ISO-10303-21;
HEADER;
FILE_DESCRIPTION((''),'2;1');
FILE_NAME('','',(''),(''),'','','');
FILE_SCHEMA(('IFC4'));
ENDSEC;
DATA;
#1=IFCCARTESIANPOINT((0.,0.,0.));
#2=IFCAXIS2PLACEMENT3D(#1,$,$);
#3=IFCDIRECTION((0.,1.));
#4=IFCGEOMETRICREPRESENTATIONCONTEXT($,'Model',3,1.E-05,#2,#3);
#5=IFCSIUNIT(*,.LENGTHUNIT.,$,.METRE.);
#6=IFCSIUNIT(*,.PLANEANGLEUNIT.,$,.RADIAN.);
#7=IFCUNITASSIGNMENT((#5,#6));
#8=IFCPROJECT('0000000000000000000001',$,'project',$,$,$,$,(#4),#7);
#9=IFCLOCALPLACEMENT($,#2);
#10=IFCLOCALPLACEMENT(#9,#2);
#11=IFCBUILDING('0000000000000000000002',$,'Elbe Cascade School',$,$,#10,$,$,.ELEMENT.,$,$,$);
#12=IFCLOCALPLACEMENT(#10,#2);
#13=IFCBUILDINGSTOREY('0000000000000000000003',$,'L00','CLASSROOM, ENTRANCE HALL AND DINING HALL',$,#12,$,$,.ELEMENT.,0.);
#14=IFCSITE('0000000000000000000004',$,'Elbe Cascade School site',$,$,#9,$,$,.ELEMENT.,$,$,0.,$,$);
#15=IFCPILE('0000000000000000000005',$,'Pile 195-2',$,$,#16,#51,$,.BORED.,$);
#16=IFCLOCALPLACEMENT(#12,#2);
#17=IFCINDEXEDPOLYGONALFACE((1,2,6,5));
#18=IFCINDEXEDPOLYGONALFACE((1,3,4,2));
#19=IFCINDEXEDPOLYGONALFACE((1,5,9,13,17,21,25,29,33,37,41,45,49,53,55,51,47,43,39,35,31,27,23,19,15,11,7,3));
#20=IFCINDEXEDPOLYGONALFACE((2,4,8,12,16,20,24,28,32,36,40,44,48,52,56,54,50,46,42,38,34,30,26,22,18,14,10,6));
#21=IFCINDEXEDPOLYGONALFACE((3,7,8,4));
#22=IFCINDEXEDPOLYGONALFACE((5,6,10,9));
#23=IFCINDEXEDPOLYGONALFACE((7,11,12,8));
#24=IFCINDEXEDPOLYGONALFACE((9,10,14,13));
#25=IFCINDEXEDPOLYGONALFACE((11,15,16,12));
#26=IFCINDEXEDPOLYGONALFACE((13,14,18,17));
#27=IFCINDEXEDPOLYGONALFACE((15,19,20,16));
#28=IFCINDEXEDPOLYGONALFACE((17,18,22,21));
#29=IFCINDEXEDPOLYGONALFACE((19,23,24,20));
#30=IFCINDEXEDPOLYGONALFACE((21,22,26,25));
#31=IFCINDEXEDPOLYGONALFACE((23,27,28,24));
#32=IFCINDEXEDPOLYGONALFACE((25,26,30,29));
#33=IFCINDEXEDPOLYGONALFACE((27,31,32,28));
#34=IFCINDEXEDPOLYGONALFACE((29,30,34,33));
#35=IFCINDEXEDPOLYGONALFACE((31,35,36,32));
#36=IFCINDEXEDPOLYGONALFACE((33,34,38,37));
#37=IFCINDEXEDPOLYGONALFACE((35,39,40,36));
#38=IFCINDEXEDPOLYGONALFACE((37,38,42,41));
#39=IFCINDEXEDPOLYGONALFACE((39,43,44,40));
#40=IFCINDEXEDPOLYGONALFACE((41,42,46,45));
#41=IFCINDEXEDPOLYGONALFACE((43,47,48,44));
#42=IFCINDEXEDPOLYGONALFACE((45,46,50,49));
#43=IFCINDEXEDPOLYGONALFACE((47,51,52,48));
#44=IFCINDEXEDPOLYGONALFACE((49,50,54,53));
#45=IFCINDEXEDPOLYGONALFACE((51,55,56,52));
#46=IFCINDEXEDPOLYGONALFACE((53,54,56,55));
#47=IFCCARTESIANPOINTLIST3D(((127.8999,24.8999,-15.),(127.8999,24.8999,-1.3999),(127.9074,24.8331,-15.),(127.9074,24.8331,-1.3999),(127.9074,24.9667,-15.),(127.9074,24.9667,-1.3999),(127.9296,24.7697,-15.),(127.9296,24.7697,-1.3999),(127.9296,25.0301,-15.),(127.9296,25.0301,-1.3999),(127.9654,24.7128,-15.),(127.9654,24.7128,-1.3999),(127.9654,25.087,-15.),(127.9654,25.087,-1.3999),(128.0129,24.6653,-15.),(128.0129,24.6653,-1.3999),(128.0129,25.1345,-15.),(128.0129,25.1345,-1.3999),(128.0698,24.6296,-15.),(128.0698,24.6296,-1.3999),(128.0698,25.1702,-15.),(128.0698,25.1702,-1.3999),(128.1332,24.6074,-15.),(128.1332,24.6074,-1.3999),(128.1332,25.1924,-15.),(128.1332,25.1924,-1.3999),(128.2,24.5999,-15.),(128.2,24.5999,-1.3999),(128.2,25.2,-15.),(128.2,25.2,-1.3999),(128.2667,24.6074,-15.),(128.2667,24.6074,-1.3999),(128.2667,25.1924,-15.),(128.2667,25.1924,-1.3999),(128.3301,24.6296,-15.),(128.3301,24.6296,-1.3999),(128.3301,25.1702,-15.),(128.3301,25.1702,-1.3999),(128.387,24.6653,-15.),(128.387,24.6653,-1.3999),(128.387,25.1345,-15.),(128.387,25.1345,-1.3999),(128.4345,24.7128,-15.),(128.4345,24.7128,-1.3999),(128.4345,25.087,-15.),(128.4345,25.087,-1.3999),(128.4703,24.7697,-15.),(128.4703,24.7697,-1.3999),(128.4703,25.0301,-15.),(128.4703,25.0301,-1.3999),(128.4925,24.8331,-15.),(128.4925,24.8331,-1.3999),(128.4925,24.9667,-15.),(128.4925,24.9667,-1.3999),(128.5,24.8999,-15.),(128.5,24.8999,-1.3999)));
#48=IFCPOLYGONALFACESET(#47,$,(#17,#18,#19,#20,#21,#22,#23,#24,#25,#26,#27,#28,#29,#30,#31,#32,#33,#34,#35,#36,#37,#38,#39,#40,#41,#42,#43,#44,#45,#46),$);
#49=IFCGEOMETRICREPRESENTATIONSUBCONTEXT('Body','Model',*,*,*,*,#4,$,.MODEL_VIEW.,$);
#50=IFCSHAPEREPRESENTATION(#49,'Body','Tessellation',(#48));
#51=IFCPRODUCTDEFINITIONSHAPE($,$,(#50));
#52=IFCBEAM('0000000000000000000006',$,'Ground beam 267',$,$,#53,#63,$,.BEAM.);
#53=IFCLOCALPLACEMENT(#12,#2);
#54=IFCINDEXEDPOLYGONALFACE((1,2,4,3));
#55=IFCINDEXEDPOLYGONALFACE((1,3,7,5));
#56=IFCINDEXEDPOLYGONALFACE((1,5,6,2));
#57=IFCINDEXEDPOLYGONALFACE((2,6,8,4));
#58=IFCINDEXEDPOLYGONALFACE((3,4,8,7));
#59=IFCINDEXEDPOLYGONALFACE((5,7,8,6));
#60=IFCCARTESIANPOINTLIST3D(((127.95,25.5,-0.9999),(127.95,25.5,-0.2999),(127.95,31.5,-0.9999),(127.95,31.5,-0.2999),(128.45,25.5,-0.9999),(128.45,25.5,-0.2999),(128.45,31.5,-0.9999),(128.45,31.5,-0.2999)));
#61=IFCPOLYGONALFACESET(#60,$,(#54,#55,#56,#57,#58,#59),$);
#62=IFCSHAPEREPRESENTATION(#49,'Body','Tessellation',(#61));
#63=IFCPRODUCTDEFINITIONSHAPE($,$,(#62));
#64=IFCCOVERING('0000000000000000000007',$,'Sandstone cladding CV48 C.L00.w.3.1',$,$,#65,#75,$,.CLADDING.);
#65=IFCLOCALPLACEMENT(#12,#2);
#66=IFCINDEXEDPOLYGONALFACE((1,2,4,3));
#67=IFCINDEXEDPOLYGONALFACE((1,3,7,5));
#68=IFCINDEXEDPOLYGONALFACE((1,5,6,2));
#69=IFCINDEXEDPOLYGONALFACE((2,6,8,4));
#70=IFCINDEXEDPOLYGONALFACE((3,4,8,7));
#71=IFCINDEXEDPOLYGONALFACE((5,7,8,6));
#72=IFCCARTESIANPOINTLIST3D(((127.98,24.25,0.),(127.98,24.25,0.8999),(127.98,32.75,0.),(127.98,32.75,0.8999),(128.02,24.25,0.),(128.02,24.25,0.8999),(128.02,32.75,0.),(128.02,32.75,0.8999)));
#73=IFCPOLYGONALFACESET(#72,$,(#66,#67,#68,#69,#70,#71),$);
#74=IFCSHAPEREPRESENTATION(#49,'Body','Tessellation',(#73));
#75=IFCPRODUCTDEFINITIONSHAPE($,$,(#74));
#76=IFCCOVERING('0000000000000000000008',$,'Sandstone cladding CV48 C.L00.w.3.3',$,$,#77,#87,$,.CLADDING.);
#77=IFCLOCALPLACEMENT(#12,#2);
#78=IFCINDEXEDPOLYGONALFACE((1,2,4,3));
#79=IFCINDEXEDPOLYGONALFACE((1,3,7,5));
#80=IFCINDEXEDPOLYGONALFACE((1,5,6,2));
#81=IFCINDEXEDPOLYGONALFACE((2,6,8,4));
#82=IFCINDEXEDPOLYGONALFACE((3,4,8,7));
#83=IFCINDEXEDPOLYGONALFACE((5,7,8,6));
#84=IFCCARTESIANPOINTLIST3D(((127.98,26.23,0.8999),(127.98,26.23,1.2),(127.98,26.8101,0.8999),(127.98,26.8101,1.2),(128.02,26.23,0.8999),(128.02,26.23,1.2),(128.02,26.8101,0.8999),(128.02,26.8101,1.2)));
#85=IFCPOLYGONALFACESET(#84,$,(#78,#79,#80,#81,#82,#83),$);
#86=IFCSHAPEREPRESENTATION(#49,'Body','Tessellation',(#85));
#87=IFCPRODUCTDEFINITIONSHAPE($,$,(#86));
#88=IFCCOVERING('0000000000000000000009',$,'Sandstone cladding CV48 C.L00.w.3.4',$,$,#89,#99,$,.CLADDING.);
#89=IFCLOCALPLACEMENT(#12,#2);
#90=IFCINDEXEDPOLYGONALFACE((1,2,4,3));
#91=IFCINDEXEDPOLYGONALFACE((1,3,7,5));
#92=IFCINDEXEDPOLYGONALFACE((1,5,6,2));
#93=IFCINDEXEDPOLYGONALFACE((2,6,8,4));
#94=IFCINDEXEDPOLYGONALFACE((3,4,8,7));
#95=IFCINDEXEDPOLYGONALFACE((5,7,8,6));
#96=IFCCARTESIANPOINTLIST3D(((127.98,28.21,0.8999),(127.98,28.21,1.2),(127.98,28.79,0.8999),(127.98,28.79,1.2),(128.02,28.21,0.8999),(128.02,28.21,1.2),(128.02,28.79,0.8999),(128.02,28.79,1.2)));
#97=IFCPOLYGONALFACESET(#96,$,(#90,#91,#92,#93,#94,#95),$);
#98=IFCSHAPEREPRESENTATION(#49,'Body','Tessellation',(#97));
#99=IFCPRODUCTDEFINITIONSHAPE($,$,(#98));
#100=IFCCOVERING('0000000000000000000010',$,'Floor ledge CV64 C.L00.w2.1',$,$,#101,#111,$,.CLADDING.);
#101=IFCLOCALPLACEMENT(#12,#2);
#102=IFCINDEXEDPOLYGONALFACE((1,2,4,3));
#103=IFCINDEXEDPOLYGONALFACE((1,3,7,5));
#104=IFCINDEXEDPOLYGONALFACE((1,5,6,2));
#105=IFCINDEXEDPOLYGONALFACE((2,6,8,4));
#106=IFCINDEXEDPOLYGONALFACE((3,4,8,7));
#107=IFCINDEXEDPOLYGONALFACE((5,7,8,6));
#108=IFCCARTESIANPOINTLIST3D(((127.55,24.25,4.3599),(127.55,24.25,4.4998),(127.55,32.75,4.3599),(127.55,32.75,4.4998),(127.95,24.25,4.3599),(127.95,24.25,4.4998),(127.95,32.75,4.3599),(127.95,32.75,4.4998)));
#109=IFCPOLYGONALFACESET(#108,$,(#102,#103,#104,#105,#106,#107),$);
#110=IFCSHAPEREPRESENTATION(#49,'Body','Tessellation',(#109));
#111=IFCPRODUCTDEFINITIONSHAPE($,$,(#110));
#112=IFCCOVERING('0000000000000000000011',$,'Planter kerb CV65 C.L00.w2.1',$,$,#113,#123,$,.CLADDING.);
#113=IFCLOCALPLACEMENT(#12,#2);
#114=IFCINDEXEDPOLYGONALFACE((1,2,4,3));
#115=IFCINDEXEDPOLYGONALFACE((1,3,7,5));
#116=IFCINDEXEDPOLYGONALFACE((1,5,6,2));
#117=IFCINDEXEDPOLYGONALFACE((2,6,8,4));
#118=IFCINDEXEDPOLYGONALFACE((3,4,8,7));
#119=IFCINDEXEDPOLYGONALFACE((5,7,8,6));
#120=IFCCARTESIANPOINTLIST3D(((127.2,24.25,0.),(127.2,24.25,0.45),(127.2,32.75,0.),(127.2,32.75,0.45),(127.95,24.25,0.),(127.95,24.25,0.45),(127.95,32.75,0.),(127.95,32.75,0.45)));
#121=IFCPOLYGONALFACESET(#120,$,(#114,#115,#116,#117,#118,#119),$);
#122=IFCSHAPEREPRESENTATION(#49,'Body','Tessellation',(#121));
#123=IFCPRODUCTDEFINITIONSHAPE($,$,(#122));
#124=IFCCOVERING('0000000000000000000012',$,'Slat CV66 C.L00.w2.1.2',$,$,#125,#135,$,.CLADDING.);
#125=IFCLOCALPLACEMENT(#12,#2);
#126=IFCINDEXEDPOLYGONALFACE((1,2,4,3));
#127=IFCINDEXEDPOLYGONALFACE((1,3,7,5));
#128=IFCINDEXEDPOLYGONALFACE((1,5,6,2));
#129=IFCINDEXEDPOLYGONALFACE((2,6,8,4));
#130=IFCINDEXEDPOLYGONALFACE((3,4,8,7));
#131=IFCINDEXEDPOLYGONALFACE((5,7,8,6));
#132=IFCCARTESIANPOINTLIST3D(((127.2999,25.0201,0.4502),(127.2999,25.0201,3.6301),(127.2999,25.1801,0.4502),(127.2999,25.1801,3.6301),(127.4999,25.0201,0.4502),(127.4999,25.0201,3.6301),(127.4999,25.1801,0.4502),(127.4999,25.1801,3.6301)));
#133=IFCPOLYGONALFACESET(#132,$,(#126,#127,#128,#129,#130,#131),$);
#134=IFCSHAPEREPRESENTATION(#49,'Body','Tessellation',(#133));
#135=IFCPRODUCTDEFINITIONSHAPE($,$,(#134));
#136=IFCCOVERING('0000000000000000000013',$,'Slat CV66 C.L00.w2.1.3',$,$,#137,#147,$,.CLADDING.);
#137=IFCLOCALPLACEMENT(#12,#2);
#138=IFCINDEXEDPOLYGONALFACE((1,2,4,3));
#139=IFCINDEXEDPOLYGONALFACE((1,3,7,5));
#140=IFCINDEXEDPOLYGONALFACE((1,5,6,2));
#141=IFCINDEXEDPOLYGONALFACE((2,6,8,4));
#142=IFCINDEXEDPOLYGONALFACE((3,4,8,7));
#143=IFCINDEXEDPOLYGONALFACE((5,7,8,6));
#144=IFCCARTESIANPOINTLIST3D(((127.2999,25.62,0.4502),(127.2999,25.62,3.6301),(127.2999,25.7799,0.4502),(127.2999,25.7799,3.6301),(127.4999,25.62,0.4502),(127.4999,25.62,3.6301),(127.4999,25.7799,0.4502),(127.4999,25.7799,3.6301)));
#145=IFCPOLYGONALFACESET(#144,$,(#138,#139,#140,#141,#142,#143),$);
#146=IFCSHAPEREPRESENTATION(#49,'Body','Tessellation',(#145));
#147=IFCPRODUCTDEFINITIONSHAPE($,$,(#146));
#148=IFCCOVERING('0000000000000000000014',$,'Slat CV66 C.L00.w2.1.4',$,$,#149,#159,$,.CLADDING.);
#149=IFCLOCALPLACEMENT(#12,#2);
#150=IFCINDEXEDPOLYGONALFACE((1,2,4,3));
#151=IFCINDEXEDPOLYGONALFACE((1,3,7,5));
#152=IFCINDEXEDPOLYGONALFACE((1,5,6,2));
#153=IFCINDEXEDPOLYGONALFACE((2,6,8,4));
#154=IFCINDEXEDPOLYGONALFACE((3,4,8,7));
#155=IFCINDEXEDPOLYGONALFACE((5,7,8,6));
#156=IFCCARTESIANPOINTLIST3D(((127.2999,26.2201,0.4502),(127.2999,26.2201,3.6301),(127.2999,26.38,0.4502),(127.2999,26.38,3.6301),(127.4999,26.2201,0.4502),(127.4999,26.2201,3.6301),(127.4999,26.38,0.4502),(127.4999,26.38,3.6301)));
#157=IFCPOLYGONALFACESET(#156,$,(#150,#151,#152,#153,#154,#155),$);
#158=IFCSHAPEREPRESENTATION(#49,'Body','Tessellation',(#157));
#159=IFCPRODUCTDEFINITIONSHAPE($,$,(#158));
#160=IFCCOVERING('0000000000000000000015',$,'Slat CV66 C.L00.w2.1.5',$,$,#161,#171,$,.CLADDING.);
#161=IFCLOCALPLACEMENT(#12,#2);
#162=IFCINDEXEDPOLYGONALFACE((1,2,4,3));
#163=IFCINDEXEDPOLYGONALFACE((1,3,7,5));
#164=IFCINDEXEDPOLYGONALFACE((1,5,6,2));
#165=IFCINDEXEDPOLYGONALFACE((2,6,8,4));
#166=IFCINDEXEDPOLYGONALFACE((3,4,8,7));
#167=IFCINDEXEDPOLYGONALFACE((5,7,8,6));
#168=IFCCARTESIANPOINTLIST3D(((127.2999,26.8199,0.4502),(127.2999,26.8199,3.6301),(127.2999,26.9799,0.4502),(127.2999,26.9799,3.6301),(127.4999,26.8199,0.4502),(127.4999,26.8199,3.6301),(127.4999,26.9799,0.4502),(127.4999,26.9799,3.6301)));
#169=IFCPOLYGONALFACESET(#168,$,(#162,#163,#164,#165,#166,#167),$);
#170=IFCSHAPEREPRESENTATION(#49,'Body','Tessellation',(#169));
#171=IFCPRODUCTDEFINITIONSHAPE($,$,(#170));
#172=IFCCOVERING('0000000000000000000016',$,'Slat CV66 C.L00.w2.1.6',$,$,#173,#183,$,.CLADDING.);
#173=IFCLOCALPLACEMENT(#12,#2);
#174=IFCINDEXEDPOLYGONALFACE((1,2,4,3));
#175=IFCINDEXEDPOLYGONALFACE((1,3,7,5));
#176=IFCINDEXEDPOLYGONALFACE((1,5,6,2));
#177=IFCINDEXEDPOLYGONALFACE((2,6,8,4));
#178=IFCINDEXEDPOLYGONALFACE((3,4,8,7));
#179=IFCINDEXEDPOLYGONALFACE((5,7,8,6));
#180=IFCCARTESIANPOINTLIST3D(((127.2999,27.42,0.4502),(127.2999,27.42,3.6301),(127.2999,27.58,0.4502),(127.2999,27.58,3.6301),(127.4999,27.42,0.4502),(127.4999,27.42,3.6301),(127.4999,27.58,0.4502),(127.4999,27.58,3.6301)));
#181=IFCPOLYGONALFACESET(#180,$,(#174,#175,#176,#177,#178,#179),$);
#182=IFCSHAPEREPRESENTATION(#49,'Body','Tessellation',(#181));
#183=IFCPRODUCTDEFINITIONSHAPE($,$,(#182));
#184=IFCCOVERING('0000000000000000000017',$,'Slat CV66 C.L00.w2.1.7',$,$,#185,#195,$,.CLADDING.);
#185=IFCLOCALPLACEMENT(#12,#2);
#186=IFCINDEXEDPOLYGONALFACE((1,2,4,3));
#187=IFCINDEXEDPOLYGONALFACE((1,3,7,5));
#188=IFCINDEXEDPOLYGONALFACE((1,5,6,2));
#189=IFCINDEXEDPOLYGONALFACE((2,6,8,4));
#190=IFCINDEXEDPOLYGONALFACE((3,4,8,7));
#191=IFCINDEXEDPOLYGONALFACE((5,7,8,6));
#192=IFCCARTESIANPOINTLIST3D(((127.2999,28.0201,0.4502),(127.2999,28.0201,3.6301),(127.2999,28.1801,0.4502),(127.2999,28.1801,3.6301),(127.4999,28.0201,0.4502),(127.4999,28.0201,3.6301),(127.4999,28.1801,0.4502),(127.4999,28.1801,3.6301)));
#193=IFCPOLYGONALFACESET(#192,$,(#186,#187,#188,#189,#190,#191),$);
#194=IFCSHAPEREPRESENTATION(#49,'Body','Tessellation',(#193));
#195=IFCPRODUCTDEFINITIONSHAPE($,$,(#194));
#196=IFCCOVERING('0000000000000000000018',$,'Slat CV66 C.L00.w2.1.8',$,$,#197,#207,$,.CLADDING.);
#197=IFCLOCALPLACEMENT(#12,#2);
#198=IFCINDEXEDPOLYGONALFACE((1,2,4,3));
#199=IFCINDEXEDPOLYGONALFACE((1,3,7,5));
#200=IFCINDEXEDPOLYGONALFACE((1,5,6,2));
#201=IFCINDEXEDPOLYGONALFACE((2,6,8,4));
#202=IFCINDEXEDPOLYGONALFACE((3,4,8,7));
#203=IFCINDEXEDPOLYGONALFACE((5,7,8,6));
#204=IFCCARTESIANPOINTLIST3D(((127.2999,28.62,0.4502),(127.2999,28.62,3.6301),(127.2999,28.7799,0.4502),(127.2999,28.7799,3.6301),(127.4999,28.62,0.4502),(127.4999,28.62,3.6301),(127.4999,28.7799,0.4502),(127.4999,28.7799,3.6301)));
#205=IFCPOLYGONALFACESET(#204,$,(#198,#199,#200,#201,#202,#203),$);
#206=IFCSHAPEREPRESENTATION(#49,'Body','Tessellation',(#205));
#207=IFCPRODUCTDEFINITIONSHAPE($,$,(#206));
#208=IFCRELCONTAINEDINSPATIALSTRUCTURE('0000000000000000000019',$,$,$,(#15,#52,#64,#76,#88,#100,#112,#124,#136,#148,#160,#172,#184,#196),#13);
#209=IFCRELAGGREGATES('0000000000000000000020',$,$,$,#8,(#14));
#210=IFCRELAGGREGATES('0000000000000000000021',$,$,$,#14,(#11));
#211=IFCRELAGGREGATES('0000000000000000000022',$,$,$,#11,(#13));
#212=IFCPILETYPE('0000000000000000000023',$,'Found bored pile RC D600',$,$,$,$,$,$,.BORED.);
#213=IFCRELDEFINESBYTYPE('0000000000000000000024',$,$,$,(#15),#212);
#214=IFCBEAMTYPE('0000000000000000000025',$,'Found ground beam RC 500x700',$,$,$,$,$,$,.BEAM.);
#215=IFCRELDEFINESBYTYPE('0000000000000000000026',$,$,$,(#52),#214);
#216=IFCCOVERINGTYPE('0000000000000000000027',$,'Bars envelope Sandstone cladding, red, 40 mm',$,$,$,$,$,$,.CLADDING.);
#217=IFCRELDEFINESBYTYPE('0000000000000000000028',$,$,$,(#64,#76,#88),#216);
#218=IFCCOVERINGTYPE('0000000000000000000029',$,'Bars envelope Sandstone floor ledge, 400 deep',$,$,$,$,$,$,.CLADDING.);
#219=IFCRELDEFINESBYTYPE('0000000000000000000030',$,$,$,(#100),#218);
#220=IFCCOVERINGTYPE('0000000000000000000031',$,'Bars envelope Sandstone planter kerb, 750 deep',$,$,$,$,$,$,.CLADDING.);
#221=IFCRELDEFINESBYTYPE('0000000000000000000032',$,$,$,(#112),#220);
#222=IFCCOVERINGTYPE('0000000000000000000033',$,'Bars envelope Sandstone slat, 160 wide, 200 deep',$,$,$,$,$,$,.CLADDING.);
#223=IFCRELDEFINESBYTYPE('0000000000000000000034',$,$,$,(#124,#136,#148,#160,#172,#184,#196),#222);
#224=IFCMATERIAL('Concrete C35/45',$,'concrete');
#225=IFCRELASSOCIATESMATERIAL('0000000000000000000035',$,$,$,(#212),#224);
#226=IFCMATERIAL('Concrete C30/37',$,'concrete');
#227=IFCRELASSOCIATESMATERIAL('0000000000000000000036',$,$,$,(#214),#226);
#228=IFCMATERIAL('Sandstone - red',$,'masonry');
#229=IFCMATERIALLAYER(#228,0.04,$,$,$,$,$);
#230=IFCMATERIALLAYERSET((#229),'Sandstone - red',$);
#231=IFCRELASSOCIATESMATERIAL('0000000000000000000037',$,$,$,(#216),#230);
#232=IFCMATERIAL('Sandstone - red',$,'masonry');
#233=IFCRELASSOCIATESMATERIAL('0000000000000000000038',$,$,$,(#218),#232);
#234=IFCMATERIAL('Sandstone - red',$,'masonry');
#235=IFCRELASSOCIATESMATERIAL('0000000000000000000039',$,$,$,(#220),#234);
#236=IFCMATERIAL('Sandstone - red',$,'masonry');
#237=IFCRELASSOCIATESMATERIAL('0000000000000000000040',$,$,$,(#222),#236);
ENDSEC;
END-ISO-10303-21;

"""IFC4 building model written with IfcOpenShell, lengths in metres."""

from ifc_helpers import new_model, si_unit, direction, frame, origin, origin_2d, place, context, subcontext, project, spatial, rectangle, circle, extrude, material, layer, layer_set, material_profile, profile_set, type_object, element, save


model = new_model("IFC4")

# Units and contexts
model_context = context("Model", 3, precision=1e-05, world=origin(), true_north=direction((0.0, 1.0)))
body_context = subcontext(model_context, "Body", "Model", "MODEL_VIEW")
ifc_project = project(units=[si_unit("LENGTHUNIT", "METRE"), si_unit("PLANEANGLEUNIT", "RADIAN")], contexts=[model_context])

# Site, building, storey
site_placement = place(None, origin())
site = spatial("IfcSite", under=ifc_project, at=site_placement, Name="Elbe Cascade School site", CompositionType="ELEMENT", RefElevation=0.0)
building_placement = place(site_placement, origin())
building = spatial("IfcBuilding", under=site, at=building_placement, Name="Elbe Cascade School", CompositionType="ELEMENT")
storey_placement = place(building_placement, origin())
storey = spatial("IfcBuildingStorey", under=building, at=storey_placement, Name="L00", Description="CLASSROOM, ENTRANCE HALL AND DINING HALL", CompositionType="ELEMENT", Elevation=0.0)

# Pile
ifc_material_1 = material(Name="Concrete C35/45", Category="concrete")
ifc_material_profile_1 = material_profile(ifc_material_1, circle(Radius=0.3, at=origin_2d()), Name="RC D600")
ifc_profile_set_1 = profile_set([ifc_material_profile_1], Name="Concrete C35/45")
pile_type = type_object("IfcPileType", Name="Found bored pile RC D600", PredefinedType="BORED", material=ifc_profile_set_1)
pile_placement = place(storey_placement, frame((128.2, 24.8999, -1.3999), z_axis=(0.0, 0.0, -1.0), x_axis=(1.0, 0.0, 0.0)))
element("IfcPile", 1, at=pile_placement, inside=storey, type_object=pile_type, Name="Pile 195-2", PredefinedType="BORED", context=body_context, shape_type="SweptSolid", body=[
    extrude(circle(Radius=0.3, at=origin_2d()), origin(), (0.0, 0.0, 1.0), 13.6001),
])

# Beam
ifc_material_2 = material(Name="Concrete C30/37", Category="concrete")
ifc_material_profile_2 = material_profile(ifc_material_2, rectangle(XDim=0.5, YDim=0.7, at=origin_2d()), Name="RC 500x700")
ifc_profile_set_2 = profile_set([ifc_material_profile_2], Name="Concrete C30/37")
beam_type = type_object("IfcBeamType", Name="Found ground beam RC 500x700", PredefinedType="BEAM", material=ifc_profile_set_2)
beam_placement = place(storey_placement, frame((128.2, 25.5, -0.6499), z_axis=(0.0, 1.0, 0.0), x_axis=(-1.0, 0.0, 0.0)))
element("IfcBeam", 2, at=beam_placement, inside=storey, type_object=beam_type, Name="Ground beam 267", PredefinedType="BEAM", context=body_context, shape_type="SweptSolid", body=[
    extrude(rectangle(XDim=0.5, YDim=0.7, at=origin_2d()), origin(), (0.0, 0.0, 1.0), 6.0),
])

# Coverings
ifc_material_3 = material(Name="Sandstone - red", Category="masonry")
ifc_layer_1 = layer(ifc_material_3, 0.04)
ifc_layer_set_1 = layer_set([ifc_layer_1], Name="Sandstone - red")
covering_type_1 = type_object("IfcCoveringType", Name="Bars envelope Sandstone cladding, red, 40 mm", PredefinedType="CLADDING", material=ifc_layer_set_1)
covering_1_placement = place(storey_placement, frame((128.0, 28.5, 0.0), z_axis=(0.0, 0.0, 1.0), x_axis=(0.0, 1.0, 0.0)))
element("IfcCovering", 3, at=covering_1_placement, inside=storey, type_object=covering_type_1, Name="Sandstone cladding CV48 C.L00.w.3.1", PredefinedType="CLADDING", context=body_context, shape_type="SweptSolid", body=[
    extrude(rectangle(XDim=8.5, YDim=0.04, at=origin_2d()), origin(), (0.0, 0.0, 1.0), 0.8999),
])
for number, where, z_axis, x_axis, name in (
    (4, (128.0, 26.52, 0.8999), (0.0, 0.0, 1.0), (0.0, 1.0, 0.0), "Sandstone cladding CV48 C.L00.w.3.3"),
    (5, (128.0, 28.5, 0.8999), (0.0, 0.0, 1.0), (0.0, 1.0, 0.0), "Sandstone cladding CV48 C.L00.w.3.4"),
):
    element("IfcCovering", number, at=place(storey_placement, frame(where, z_axis=z_axis, x_axis=x_axis)), inside=storey, type_object=covering_type_1, Name=name, PredefinedType="CLADDING", context=body_context, shape_type="SweptSolid", body=[
        extrude(rectangle(XDim=0.5801, YDim=0.04, at=origin_2d()), origin(), (0.0, 0.0, 1.0), 0.3),
    ])
ifc_material_4 = material(Name="Sandstone - red", Category="masonry")
covering_type_2 = type_object("IfcCoveringType", Name="Bars envelope Sandstone floor ledge, 400 deep", PredefinedType="CLADDING", material=ifc_material_4)
covering_2_placement = place(storey_placement, frame((127.75, 28.5, 4.3599), z_axis=(0.0, 0.0, 1.0), x_axis=(0.0, 1.0, 0.0)))
element("IfcCovering", 6, at=covering_2_placement, inside=storey, type_object=covering_type_2, Name="Floor ledge CV64 C.L00.w2.1", PredefinedType="CLADDING", context=body_context, shape_type="SweptSolid", body=[
    extrude(rectangle(XDim=8.5, YDim=0.3999, at=origin_2d()), origin(), (0.0, 0.0, 1.0), 0.1399),
])
ifc_material_5 = material(Name="Sandstone - red", Category="masonry")
covering_type_3 = type_object("IfcCoveringType", Name="Bars envelope Sandstone planter kerb, 750 deep", PredefinedType="CLADDING", material=ifc_material_5)
covering_3_placement = place(storey_placement, frame((127.575, 28.5, 0.0), z_axis=(0.0, 0.0, 1.0), x_axis=(0.0, 1.0, 0.0)))
element("IfcCovering", 7, at=covering_3_placement, inside=storey, type_object=covering_type_3, Name="Planter kerb CV65 C.L00.w2.1", PredefinedType="CLADDING", context=body_context, shape_type="SweptSolid", body=[
    extrude(rectangle(XDim=8.5, YDim=0.75, at=origin_2d()), origin(), (0.0, 0.0, 1.0), 0.45),
])
ifc_material_6 = material(Name="Sandstone - red", Category="masonry")
covering_type_4 = type_object("IfcCoveringType", Name="Bars envelope Sandstone slat, 160 wide, 200 deep", PredefinedType="CLADDING", material=ifc_material_6)
for number, where, z_axis, x_axis, name in (
    (8, (127.3999, 25.1001, 0.4502), (0.0, 0.0, 1.0), (0.0, 1.0, 0.0), "Slat CV66 C.L00.w2.1.2"),
    (9, (127.3999, 25.7, 0.4502), (0.0, 0.0, 1.0), (0.0, 1.0, 0.0), "Slat CV66 C.L00.w2.1.3"),
    (10, (127.3999, 26.3, 0.4502), (0.0, 0.0, 1.0), (0.0, 1.0, 0.0), "Slat CV66 C.L00.w2.1.4"),
    (11, (127.3999, 26.8999, 0.4502), (0.0, 0.0, 1.0), (0.0, 1.0, 0.0), "Slat CV66 C.L00.w2.1.5"),
    (12, (127.3999, 27.5, 0.4502), (0.0, 0.0, 1.0), (0.0, 1.0, 0.0), "Slat CV66 C.L00.w2.1.6"),
    (13, (127.3999, 28.1001, 0.4502), (0.0, 0.0, 1.0), (0.0, 1.0, 0.0), "Slat CV66 C.L00.w2.1.7"),
    (14, (127.3999, 28.7, 0.4502), (0.0, 0.0, 1.0), (0.0, 1.0, 0.0), "Slat CV66 C.L00.w2.1.8"),
):
    element("IfcCovering", number, at=place(storey_placement, frame(where, z_axis=z_axis, x_axis=x_axis)), inside=storey, type_object=covering_type_4, Name=name, PredefinedType="CLADDING", context=body_context, shape_type="SweptSolid", body=[
        extrude(rectangle(XDim=0.1599, YDim=0.2, at=origin_2d()), origin(), (0.0, 0.0, 1.0), 3.1799),
    ])

save(model, "model.ifc")
